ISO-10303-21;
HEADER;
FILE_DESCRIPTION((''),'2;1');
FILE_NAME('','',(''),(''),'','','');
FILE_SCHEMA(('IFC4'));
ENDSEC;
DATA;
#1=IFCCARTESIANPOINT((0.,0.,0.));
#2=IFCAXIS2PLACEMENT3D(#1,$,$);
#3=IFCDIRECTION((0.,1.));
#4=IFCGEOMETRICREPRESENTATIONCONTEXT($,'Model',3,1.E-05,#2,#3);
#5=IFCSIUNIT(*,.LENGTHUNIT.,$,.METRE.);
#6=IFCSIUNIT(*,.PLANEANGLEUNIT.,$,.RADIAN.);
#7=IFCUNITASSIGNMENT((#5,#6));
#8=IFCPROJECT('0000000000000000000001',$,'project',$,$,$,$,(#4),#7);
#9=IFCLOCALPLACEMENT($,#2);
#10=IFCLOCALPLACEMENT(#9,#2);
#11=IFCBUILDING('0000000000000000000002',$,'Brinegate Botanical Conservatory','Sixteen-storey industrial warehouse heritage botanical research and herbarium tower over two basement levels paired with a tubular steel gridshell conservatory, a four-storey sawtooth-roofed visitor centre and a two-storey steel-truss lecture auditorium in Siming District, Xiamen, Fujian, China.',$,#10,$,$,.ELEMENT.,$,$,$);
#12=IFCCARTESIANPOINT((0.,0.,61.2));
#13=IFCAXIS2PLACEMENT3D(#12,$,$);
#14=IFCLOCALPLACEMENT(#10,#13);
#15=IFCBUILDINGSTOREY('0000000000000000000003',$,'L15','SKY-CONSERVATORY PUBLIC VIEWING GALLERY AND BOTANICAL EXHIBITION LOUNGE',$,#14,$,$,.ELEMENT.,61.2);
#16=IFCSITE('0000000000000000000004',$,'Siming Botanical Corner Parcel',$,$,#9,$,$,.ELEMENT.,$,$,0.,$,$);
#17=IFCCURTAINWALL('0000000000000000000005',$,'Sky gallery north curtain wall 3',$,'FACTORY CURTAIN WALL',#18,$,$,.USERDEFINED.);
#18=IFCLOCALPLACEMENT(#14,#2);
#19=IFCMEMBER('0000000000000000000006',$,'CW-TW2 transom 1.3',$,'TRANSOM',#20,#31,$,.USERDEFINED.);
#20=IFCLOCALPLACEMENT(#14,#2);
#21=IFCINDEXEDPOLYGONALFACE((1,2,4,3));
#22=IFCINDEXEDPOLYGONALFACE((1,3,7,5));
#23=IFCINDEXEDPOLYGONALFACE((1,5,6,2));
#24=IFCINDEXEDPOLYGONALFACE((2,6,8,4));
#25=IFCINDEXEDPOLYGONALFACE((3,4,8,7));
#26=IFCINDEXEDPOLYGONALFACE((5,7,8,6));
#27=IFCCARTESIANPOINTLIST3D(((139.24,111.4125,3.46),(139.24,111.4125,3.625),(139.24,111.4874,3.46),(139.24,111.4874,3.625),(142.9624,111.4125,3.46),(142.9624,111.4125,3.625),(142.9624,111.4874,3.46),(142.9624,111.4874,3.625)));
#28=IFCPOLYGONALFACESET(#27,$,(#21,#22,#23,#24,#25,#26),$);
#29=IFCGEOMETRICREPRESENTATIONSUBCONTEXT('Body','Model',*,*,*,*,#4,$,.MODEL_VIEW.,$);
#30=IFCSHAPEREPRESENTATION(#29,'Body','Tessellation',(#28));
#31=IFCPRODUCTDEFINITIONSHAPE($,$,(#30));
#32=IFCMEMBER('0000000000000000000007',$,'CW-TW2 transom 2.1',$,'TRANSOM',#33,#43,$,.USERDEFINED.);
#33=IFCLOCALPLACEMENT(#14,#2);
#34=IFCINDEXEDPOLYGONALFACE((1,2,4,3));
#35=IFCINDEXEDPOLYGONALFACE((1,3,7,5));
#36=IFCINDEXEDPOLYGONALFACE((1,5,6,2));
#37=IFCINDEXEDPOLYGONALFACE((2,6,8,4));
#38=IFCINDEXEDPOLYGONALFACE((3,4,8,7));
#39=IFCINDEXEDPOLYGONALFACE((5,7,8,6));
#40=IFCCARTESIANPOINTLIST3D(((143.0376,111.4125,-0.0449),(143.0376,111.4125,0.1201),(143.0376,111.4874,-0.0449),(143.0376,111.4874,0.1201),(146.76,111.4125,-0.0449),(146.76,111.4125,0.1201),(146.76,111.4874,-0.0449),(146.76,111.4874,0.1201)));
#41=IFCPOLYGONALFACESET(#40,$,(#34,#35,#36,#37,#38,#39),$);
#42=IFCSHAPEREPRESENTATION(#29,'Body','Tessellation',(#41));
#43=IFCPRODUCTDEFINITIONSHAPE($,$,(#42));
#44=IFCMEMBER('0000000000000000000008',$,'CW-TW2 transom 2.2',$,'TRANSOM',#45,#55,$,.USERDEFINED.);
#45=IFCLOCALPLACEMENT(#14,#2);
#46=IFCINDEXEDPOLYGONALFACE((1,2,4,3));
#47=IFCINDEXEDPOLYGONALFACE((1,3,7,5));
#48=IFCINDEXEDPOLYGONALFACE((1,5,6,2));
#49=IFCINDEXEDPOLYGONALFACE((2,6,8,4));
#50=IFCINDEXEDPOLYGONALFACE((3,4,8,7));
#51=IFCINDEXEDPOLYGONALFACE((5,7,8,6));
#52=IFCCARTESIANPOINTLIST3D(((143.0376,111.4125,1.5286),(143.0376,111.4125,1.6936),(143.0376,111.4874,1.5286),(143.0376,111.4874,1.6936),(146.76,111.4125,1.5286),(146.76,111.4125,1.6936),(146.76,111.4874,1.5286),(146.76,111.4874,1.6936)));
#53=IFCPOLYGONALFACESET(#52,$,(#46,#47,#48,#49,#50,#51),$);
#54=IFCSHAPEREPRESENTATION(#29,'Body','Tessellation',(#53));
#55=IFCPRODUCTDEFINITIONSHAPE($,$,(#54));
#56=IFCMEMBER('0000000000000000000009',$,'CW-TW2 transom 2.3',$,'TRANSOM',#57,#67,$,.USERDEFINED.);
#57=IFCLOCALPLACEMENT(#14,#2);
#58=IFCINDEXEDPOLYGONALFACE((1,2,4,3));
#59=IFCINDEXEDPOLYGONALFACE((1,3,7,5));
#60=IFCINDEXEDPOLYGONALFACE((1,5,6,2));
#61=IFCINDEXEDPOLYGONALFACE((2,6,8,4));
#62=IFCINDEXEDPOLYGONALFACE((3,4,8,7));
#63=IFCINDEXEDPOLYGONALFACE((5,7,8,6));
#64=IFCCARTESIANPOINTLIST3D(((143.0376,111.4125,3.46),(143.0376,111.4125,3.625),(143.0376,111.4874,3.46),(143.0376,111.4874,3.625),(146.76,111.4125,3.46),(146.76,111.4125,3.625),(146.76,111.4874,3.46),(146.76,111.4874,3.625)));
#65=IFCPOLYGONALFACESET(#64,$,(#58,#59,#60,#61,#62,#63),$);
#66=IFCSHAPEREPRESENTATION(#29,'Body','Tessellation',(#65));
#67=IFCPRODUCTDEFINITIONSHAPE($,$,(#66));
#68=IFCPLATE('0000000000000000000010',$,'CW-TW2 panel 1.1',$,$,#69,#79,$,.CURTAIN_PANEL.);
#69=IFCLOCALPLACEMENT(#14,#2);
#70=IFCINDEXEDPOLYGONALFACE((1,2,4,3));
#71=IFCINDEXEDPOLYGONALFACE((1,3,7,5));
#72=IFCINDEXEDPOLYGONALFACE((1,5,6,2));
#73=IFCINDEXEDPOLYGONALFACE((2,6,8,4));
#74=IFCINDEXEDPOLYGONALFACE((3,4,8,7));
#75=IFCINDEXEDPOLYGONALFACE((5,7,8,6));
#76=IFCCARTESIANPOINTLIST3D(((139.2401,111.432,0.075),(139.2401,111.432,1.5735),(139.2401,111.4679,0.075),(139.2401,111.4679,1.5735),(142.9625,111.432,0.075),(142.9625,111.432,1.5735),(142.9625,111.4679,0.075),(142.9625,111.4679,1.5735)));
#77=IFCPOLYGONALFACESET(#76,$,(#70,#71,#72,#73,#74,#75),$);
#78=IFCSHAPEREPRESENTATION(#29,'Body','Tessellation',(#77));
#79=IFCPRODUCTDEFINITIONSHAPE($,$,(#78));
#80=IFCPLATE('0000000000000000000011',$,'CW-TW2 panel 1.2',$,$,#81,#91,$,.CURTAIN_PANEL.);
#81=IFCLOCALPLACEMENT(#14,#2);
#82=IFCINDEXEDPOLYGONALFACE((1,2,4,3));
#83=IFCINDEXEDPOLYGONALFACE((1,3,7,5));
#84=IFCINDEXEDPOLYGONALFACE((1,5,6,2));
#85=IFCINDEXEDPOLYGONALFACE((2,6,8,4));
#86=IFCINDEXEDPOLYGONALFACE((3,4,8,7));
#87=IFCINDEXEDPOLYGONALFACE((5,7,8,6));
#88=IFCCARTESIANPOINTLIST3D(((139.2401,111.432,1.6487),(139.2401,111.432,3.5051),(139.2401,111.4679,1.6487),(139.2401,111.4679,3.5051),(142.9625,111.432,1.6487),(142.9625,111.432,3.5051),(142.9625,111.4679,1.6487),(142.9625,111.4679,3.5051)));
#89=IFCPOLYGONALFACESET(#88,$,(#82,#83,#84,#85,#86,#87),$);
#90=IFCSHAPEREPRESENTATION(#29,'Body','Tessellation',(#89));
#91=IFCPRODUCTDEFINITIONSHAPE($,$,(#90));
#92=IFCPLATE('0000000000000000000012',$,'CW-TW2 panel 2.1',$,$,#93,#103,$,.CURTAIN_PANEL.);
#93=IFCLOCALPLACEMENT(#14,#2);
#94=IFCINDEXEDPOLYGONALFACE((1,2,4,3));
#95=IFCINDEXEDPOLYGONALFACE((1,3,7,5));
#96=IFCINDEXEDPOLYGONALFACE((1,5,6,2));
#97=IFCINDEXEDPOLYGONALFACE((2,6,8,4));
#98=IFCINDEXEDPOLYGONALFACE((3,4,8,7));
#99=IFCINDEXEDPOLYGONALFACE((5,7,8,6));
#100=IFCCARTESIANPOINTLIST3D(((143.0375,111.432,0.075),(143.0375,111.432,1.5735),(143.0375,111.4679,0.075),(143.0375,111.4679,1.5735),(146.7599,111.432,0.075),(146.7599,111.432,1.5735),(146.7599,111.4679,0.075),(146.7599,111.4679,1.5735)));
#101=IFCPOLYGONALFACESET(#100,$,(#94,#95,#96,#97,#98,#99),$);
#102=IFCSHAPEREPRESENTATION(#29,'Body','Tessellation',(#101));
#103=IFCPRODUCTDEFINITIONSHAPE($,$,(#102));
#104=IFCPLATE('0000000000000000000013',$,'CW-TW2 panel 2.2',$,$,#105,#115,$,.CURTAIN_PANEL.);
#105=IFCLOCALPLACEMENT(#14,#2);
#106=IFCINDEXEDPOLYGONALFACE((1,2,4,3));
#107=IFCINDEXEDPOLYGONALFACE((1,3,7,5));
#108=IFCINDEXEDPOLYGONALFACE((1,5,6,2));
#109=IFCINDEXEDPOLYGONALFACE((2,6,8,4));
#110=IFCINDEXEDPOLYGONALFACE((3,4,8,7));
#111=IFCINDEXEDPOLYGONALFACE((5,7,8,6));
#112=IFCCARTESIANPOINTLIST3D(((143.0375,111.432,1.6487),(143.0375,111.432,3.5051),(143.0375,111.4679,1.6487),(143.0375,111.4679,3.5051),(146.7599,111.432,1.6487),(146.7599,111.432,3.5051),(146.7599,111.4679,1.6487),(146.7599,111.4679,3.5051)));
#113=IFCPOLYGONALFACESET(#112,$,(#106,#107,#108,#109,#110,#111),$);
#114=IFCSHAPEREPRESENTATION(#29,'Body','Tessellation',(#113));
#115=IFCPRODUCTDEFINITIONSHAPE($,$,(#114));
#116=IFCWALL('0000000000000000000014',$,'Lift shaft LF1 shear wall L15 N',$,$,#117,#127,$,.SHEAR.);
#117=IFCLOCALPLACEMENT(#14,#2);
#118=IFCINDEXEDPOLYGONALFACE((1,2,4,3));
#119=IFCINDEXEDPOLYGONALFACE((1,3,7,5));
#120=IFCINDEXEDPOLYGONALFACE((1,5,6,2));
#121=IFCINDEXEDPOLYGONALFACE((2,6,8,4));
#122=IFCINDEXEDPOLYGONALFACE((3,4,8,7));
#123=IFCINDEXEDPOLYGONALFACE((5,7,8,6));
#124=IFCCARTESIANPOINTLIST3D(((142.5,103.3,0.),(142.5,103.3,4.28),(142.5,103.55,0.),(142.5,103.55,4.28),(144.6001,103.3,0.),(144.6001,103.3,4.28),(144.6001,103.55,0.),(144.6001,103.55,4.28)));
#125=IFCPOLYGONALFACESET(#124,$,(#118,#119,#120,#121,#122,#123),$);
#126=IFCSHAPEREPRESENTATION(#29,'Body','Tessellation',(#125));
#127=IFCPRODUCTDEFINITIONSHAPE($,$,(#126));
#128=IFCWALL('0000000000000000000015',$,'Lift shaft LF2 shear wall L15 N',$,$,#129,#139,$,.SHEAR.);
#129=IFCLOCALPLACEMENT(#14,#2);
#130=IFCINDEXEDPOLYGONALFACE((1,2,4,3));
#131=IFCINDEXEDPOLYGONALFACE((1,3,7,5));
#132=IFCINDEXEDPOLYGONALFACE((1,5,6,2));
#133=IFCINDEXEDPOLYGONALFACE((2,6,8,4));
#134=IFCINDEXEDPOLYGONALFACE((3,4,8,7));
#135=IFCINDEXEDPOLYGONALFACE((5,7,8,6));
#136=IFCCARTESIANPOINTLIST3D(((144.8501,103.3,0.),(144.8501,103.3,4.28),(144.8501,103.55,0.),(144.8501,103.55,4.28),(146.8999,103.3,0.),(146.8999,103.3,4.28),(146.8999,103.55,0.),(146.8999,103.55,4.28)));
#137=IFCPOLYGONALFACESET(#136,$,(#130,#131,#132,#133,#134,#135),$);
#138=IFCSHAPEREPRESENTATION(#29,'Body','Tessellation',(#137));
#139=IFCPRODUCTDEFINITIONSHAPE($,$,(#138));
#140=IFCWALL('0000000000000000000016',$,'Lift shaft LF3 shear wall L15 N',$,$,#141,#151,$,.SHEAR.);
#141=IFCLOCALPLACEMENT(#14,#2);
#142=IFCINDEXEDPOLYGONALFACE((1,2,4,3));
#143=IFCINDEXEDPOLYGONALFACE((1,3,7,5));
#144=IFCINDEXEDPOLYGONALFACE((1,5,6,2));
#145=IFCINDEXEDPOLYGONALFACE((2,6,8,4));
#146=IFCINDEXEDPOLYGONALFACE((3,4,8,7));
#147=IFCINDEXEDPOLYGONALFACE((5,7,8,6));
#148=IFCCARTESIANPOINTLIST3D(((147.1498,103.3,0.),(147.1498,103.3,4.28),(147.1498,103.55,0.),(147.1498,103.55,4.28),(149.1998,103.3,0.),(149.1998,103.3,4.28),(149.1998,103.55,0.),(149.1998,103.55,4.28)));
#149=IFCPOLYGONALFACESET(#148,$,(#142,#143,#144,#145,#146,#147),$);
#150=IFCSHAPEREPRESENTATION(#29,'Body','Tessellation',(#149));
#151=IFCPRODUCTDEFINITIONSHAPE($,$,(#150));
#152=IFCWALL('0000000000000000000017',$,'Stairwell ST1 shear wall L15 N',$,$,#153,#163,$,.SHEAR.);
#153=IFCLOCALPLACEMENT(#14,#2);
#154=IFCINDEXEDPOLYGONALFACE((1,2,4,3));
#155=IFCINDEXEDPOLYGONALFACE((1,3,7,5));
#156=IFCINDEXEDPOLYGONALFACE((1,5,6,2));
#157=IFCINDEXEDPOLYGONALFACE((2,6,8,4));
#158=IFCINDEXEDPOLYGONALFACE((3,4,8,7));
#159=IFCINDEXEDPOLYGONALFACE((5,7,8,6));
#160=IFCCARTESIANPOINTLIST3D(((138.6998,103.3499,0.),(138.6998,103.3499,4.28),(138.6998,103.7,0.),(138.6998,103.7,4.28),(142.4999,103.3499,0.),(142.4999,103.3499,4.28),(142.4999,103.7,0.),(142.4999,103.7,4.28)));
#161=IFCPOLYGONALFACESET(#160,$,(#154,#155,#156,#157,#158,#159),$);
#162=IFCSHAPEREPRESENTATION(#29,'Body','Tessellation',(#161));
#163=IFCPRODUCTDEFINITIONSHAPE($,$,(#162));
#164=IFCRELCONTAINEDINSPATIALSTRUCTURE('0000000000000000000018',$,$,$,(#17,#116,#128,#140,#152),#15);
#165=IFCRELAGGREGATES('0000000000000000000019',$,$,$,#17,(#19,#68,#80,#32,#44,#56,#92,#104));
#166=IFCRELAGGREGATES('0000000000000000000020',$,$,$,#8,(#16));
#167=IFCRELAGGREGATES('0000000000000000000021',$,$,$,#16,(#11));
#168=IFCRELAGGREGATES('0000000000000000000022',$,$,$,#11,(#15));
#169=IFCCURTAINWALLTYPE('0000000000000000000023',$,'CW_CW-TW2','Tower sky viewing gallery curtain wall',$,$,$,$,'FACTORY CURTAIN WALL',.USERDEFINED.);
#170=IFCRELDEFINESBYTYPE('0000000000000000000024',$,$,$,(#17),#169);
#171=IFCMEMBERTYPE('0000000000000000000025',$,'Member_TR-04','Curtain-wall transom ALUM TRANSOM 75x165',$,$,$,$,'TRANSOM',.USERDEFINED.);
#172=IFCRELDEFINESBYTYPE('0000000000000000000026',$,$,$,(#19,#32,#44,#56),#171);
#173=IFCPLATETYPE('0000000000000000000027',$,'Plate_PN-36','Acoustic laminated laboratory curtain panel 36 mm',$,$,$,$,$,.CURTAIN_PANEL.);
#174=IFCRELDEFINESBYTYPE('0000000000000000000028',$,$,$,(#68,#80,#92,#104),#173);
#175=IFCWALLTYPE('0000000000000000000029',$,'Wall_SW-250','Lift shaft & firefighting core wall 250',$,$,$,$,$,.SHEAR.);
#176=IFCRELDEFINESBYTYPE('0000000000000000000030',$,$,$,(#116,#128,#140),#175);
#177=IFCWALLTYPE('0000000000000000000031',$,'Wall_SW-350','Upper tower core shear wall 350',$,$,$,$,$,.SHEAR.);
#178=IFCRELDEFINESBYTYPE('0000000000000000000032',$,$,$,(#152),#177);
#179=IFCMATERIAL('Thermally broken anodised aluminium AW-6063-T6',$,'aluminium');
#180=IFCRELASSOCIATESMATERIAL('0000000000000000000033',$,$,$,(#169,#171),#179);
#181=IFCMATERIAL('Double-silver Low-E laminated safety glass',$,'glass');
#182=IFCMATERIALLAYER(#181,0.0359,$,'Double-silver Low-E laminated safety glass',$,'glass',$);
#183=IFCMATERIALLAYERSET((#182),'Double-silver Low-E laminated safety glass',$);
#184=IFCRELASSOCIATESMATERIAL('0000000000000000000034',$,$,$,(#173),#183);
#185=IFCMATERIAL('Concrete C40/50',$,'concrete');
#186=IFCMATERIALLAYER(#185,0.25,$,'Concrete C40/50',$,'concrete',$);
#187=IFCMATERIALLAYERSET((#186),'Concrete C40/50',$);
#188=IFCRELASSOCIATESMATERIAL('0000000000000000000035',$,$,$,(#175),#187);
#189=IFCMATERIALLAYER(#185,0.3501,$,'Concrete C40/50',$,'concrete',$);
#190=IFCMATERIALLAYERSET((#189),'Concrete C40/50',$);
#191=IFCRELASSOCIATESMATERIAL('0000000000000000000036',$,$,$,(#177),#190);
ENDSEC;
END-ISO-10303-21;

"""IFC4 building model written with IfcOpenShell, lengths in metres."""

from ifc_helpers import new_model, si_unit, direction, frame, frame_2d, origin, origin_2d, place, context, subcontext, project, spatial, rectangle, extrude, material, layer, layer_set, material_profile, profile_set, type_object, element, aggregate, save


model = new_model("IFC4")

# Units and contexts
model_context = context("Model", 3, precision=1e-05, world=origin(), true_north=direction((0.0, 1.0)))
body_context = subcontext(model_context, "Body", "Model", "MODEL_VIEW")
ifc_project = project(units=[si_unit("LENGTHUNIT", "METRE"), si_unit("PLANEANGLEUNIT", "RADIAN")], contexts=[model_context])

# Site, building, storey
site_placement = place(None, origin())
site = spatial("IfcSite", under=ifc_project, at=site_placement, Name="Siming Botanical Corner Parcel", CompositionType="ELEMENT", RefElevation=0.0)
building_placement = place(site_placement, origin())
building = spatial("IfcBuilding", under=site, at=building_placement, Name="Brinegate Botanical Conservatory", Description="Sixteen-storey industrial warehouse heritage botanical research and herbarium tower over two basement levels paired with a tubular steel gridshell conservatory, a four-storey sawtooth-roofed visitor centre and a two-storey steel-truss lecture auditorium in Siming District, Xiamen, Fujian, China.", CompositionType="ELEMENT")
storey_placement = place(building_placement, frame((0.0, 0.0, 61.2)))
storey = spatial("IfcBuildingStorey", under=building, at=storey_placement, Name="L15", Description="SKY-CONSERVATORY PUBLIC VIEWING GALLERY AND BOTANICAL EXHIBITION LOUNGE", CompositionType="ELEMENT", Elevation=61.2)

# Shared definitions
ifc_material_1 = material(Name="Concrete C40/50", Category="concrete")

# Shared definitions
ifc_material_2 = material(Name="Thermally broken anodised aluminium AW-6063-T6", Category="aluminium")
curtain_wall_type = type_object("IfcCurtainWallType", Name="CW_CW-TW2", Description="Tower sky viewing gallery curtain wall", ElementType="FACTORY CURTAIN WALL", PredefinedType="USERDEFINED", material=ifc_material_2)

# Curtain wall, members, plates
curtain_wall_1_placement = place(storey_placement, origin())
curtain_wall_1 = element("IfcCurtainWall", 1, at=curtain_wall_1_placement, inside=storey, type_object=curtain_wall_type, Name="Sky gallery north curtain wall 3", ObjectType="FACTORY CURTAIN WALL", PredefinedType="USERDEFINED")
ifc_material_profile_1 = material_profile(ifc_material_2, rectangle(XDim=0.075, YDim=0.165, at=origin_2d()), Name="ALUM TRANSOM 75x165")
ifc_profile_set_1 = profile_set([ifc_material_profile_1], Name="Thermally broken anodised aluminium AW-6063-T6")
member_type_1 = type_object("IfcMemberType", Name="Member_TR-04", Description="Curtain-wall transom ALUM TRANSOM 75x165", ElementType="TRANSOM", PredefinedType="USERDEFINED", material=ifc_profile_set_1)
member_1_placement = place(storey_placement, frame((139.24, 111.45, 3.5425), z_axis=(1.0, 0.0, 0.0), x_axis=(0.0, 1.0, 0.0)))
member_1 = element("IfcMember", 2, at=member_1_placement, type_object=member_type_1, Name="CW-TW2 transom 1.3", ObjectType="TRANSOM", PredefinedType="USERDEFINED", context=body_context, shape_type="SweptSolid", body=[
    extrude(rectangle(XDim=0.075, YDim=0.165, at=origin_2d()), origin(), (0.0, 0.0, 1.0), 3.7224),
])
member_2_placement = place(storey_placement, frame((143.0376, 111.45, 0.0376), z_axis=(1.0, 0.0, 0.0), x_axis=(0.0, 1.0, 0.0)))
member_2 = element("IfcMember", 3, at=member_2_placement, type_object=member_type_1, Name="CW-TW2 transom 2.1", ObjectType="TRANSOM", PredefinedType="USERDEFINED", context=body_context, shape_type="SweptSolid", body=[
    extrude(rectangle(XDim=0.075, YDim=0.165, at=origin_2d()), origin(), (0.0, 0.0, 1.0), 3.7224),
])
member_3_placement = place(storey_placement, frame((143.0376, 111.45, 1.6111), z_axis=(1.0, 0.0, 0.0), x_axis=(0.0, 1.0, 0.0)))
member_3 = element("IfcMember", 4, at=member_3_placement, type_object=member_type_1, Name="CW-TW2 transom 2.2", ObjectType="TRANSOM", PredefinedType="USERDEFINED", context=body_context, shape_type="SweptSolid", body=[
    extrude(rectangle(XDim=0.075, YDim=0.165, at=origin_2d()), origin(), (0.0, 0.0, 1.0), 3.7224),
])
member_4_placement = place(storey_placement, frame((143.0376, 111.45, 3.5425), z_axis=(1.0, 0.0, 0.0), x_axis=(0.0, 1.0, 0.0)))
member_4 = element("IfcMember", 5, at=member_4_placement, type_object=member_type_1, Name="CW-TW2 transom 2.3", ObjectType="TRANSOM", PredefinedType="USERDEFINED", context=body_context, shape_type="SweptSolid", body=[
    extrude(rectangle(XDim=0.075, YDim=0.165, at=origin_2d()), origin(), (0.0, 0.0, 1.0), 3.7224),
])
ifc_material_3 = material(Name="Double-silver Low-E laminated safety glass", Category="glass")
ifc_layer_1 = layer(ifc_material_3, 0.0359, Name="Double-silver Low-E laminated safety glass", Category="glass")
ifc_layer_set_1 = layer_set([ifc_layer_1], Name="Double-silver Low-E laminated safety glass")
plate_type = type_object("IfcPlateType", Name="Plate_PN-36", Description="Acoustic laminated laboratory curtain panel 36 mm", PredefinedType="CURTAIN_PANEL", material=ifc_layer_set_1)
plate_1_placement = place(storey_placement, frame((141.1013, 111.45, 0.075), z_axis=(0.0, 0.0, 1.0), x_axis=(1.0, 0.0, 0.0)))
plate_1 = element("IfcPlate", 6, at=plate_1_placement, type_object=plate_type, Name="CW-TW2 panel 1.1", PredefinedType="CURTAIN_PANEL", context=body_context, shape_type="SweptSolid", body=[
    extrude(rectangle(XDim=3.7224, YDim=0.0359, at=origin_2d()), origin(), (0.0, 0.0, 1.0), 1.4985),
])
plate_2_placement = place(storey_placement, frame((141.1013, 111.45, 1.6487), z_axis=(0.0, 0.0, 1.0), x_axis=(1.0, 0.0, 0.0)))
plate_2 = element("IfcPlate", 7, at=plate_2_placement, type_object=plate_type, Name="CW-TW2 panel 1.2", PredefinedType="CURTAIN_PANEL", context=body_context, shape_type="SweptSolid", body=[
    extrude(rectangle(XDim=3.7224, YDim=0.0359, at=origin_2d()), origin(), (0.0, 0.0, 1.0), 1.8564),
])
plate_3_placement = place(storey_placement, frame((144.8987, 111.45, 0.075), z_axis=(0.0, 0.0, 1.0), x_axis=(1.0, 0.0, 0.0)))
plate_3 = element("IfcPlate", 8, at=plate_3_placement, type_object=plate_type, Name="CW-TW2 panel 2.1", PredefinedType="CURTAIN_PANEL", context=body_context, shape_type="SweptSolid", body=[
    extrude(rectangle(XDim=3.7224, YDim=0.0359, at=origin_2d()), origin(), (0.0, 0.0, 1.0), 1.4985),
])
plate_4_placement = place(storey_placement, frame((144.8987, 111.45, 1.6487), z_axis=(0.0, 0.0, 1.0), x_axis=(1.0, 0.0, 0.0)))
plate_4 = element("IfcPlate", 9, at=plate_4_placement, type_object=plate_type, Name="CW-TW2 panel 2.2", PredefinedType="CURTAIN_PANEL", context=body_context, shape_type="SweptSolid", body=[
    extrude(rectangle(XDim=3.7224, YDim=0.0359, at=origin_2d()), origin(), (0.0, 0.0, 1.0), 1.8564),
])
aggregate(curtain_wall_1, [member_1, plate_1, plate_2, member_2, member_3, member_4, plate_3, plate_4])

# Shared definitions
ifc_layer_2 = layer(ifc_material_1, 0.25, Name="Concrete C40/50", Category="concrete")
ifc_layer_set_2 = layer_set([ifc_layer_2], Name="Concrete C40/50")
wall_type_1 = type_object("IfcWallType", Name="Wall_SW-250", Description="Lift shaft & firefighting core wall 250", PredefinedType="SHEAR", material=ifc_layer_set_2)

# Wall
wall_1_placement = place(storey_placement, frame((142.5, 103.425, 0.0), z_axis=(0.0, 0.0, 1.0), x_axis=(1.0, 0.0, 0.0)))
element("IfcWall", 10, at=wall_1_placement, inside=storey, type_object=wall_type_1, Name="Lift shaft LF1 shear wall L15 N", PredefinedType="SHEAR", context=body_context, shape_type="SweptSolid", body=[
    extrude(rectangle(XDim=2.1001, YDim=0.25, at=frame_2d((1.05, 0.0))), origin(), (0.0, 0.0, 1.0), 4.28),
])

# Wall
wall_2_placement = place(storey_placement, frame((144.8501, 103.425, 0.0), z_axis=(0.0, 0.0, 1.0), x_axis=(1.0, 0.0, 0.0)))
element("IfcWall", 11, at=wall_2_placement, inside=storey, type_object=wall_type_1, Name="Lift shaft LF2 shear wall L15 N", PredefinedType="SHEAR", context=body_context, shape_type="SweptSolid", body=[
    extrude(rectangle(XDim=2.0498, YDim=0.25, at=frame_2d((1.0249, 0.0))), origin(), (0.0, 0.0, 1.0), 4.28),
])

# Walls
wall_3_placement = place(storey_placement, frame((147.1499, 103.425, 0.0), z_axis=(0.0, 0.0, 1.0), x_axis=(1.0, 0.0, 0.0)))
element("IfcWall", 12, at=wall_3_placement, inside=storey, type_object=wall_type_1, Name="Lift shaft LF3 shear wall L15 N", PredefinedType="SHEAR", context=body_context, shape_type="SweptSolid", body=[
    extrude(rectangle(XDim=2.05, YDim=0.25, at=frame_2d((1.0249, 0.0))), origin(), (0.0, 0.0, 1.0), 4.28),
])
ifc_layer_3 = layer(ifc_material_1, 0.3501, Name="Concrete C40/50", Category="concrete")
ifc_layer_set_3 = layer_set([ifc_layer_3], Name="Concrete C40/50")
wall_type_2 = type_object("IfcWallType", Name="Wall_SW-350", Description="Upper tower core shear wall 350", PredefinedType="SHEAR", material=ifc_layer_set_3)
wall_4_placement = place(storey_placement, frame((138.7, 103.5249, 0.0), z_axis=(0.0, 0.0, 1.0), x_axis=(1.0, 0.0, 0.0)))
element("IfcWall", 13, at=wall_4_placement, inside=storey, type_object=wall_type_2, Name="Stairwell ST1 shear wall L15 N", PredefinedType="SHEAR", context=body_context, shape_type="SweptSolid", body=[
    extrude(rectangle(XDim=3.8, YDim=0.3501, at=frame_2d((1.8999, 0.0))), origin(), (0.0, 0.0, 1.0), 4.28),
])

save(model, "model.ifc")
